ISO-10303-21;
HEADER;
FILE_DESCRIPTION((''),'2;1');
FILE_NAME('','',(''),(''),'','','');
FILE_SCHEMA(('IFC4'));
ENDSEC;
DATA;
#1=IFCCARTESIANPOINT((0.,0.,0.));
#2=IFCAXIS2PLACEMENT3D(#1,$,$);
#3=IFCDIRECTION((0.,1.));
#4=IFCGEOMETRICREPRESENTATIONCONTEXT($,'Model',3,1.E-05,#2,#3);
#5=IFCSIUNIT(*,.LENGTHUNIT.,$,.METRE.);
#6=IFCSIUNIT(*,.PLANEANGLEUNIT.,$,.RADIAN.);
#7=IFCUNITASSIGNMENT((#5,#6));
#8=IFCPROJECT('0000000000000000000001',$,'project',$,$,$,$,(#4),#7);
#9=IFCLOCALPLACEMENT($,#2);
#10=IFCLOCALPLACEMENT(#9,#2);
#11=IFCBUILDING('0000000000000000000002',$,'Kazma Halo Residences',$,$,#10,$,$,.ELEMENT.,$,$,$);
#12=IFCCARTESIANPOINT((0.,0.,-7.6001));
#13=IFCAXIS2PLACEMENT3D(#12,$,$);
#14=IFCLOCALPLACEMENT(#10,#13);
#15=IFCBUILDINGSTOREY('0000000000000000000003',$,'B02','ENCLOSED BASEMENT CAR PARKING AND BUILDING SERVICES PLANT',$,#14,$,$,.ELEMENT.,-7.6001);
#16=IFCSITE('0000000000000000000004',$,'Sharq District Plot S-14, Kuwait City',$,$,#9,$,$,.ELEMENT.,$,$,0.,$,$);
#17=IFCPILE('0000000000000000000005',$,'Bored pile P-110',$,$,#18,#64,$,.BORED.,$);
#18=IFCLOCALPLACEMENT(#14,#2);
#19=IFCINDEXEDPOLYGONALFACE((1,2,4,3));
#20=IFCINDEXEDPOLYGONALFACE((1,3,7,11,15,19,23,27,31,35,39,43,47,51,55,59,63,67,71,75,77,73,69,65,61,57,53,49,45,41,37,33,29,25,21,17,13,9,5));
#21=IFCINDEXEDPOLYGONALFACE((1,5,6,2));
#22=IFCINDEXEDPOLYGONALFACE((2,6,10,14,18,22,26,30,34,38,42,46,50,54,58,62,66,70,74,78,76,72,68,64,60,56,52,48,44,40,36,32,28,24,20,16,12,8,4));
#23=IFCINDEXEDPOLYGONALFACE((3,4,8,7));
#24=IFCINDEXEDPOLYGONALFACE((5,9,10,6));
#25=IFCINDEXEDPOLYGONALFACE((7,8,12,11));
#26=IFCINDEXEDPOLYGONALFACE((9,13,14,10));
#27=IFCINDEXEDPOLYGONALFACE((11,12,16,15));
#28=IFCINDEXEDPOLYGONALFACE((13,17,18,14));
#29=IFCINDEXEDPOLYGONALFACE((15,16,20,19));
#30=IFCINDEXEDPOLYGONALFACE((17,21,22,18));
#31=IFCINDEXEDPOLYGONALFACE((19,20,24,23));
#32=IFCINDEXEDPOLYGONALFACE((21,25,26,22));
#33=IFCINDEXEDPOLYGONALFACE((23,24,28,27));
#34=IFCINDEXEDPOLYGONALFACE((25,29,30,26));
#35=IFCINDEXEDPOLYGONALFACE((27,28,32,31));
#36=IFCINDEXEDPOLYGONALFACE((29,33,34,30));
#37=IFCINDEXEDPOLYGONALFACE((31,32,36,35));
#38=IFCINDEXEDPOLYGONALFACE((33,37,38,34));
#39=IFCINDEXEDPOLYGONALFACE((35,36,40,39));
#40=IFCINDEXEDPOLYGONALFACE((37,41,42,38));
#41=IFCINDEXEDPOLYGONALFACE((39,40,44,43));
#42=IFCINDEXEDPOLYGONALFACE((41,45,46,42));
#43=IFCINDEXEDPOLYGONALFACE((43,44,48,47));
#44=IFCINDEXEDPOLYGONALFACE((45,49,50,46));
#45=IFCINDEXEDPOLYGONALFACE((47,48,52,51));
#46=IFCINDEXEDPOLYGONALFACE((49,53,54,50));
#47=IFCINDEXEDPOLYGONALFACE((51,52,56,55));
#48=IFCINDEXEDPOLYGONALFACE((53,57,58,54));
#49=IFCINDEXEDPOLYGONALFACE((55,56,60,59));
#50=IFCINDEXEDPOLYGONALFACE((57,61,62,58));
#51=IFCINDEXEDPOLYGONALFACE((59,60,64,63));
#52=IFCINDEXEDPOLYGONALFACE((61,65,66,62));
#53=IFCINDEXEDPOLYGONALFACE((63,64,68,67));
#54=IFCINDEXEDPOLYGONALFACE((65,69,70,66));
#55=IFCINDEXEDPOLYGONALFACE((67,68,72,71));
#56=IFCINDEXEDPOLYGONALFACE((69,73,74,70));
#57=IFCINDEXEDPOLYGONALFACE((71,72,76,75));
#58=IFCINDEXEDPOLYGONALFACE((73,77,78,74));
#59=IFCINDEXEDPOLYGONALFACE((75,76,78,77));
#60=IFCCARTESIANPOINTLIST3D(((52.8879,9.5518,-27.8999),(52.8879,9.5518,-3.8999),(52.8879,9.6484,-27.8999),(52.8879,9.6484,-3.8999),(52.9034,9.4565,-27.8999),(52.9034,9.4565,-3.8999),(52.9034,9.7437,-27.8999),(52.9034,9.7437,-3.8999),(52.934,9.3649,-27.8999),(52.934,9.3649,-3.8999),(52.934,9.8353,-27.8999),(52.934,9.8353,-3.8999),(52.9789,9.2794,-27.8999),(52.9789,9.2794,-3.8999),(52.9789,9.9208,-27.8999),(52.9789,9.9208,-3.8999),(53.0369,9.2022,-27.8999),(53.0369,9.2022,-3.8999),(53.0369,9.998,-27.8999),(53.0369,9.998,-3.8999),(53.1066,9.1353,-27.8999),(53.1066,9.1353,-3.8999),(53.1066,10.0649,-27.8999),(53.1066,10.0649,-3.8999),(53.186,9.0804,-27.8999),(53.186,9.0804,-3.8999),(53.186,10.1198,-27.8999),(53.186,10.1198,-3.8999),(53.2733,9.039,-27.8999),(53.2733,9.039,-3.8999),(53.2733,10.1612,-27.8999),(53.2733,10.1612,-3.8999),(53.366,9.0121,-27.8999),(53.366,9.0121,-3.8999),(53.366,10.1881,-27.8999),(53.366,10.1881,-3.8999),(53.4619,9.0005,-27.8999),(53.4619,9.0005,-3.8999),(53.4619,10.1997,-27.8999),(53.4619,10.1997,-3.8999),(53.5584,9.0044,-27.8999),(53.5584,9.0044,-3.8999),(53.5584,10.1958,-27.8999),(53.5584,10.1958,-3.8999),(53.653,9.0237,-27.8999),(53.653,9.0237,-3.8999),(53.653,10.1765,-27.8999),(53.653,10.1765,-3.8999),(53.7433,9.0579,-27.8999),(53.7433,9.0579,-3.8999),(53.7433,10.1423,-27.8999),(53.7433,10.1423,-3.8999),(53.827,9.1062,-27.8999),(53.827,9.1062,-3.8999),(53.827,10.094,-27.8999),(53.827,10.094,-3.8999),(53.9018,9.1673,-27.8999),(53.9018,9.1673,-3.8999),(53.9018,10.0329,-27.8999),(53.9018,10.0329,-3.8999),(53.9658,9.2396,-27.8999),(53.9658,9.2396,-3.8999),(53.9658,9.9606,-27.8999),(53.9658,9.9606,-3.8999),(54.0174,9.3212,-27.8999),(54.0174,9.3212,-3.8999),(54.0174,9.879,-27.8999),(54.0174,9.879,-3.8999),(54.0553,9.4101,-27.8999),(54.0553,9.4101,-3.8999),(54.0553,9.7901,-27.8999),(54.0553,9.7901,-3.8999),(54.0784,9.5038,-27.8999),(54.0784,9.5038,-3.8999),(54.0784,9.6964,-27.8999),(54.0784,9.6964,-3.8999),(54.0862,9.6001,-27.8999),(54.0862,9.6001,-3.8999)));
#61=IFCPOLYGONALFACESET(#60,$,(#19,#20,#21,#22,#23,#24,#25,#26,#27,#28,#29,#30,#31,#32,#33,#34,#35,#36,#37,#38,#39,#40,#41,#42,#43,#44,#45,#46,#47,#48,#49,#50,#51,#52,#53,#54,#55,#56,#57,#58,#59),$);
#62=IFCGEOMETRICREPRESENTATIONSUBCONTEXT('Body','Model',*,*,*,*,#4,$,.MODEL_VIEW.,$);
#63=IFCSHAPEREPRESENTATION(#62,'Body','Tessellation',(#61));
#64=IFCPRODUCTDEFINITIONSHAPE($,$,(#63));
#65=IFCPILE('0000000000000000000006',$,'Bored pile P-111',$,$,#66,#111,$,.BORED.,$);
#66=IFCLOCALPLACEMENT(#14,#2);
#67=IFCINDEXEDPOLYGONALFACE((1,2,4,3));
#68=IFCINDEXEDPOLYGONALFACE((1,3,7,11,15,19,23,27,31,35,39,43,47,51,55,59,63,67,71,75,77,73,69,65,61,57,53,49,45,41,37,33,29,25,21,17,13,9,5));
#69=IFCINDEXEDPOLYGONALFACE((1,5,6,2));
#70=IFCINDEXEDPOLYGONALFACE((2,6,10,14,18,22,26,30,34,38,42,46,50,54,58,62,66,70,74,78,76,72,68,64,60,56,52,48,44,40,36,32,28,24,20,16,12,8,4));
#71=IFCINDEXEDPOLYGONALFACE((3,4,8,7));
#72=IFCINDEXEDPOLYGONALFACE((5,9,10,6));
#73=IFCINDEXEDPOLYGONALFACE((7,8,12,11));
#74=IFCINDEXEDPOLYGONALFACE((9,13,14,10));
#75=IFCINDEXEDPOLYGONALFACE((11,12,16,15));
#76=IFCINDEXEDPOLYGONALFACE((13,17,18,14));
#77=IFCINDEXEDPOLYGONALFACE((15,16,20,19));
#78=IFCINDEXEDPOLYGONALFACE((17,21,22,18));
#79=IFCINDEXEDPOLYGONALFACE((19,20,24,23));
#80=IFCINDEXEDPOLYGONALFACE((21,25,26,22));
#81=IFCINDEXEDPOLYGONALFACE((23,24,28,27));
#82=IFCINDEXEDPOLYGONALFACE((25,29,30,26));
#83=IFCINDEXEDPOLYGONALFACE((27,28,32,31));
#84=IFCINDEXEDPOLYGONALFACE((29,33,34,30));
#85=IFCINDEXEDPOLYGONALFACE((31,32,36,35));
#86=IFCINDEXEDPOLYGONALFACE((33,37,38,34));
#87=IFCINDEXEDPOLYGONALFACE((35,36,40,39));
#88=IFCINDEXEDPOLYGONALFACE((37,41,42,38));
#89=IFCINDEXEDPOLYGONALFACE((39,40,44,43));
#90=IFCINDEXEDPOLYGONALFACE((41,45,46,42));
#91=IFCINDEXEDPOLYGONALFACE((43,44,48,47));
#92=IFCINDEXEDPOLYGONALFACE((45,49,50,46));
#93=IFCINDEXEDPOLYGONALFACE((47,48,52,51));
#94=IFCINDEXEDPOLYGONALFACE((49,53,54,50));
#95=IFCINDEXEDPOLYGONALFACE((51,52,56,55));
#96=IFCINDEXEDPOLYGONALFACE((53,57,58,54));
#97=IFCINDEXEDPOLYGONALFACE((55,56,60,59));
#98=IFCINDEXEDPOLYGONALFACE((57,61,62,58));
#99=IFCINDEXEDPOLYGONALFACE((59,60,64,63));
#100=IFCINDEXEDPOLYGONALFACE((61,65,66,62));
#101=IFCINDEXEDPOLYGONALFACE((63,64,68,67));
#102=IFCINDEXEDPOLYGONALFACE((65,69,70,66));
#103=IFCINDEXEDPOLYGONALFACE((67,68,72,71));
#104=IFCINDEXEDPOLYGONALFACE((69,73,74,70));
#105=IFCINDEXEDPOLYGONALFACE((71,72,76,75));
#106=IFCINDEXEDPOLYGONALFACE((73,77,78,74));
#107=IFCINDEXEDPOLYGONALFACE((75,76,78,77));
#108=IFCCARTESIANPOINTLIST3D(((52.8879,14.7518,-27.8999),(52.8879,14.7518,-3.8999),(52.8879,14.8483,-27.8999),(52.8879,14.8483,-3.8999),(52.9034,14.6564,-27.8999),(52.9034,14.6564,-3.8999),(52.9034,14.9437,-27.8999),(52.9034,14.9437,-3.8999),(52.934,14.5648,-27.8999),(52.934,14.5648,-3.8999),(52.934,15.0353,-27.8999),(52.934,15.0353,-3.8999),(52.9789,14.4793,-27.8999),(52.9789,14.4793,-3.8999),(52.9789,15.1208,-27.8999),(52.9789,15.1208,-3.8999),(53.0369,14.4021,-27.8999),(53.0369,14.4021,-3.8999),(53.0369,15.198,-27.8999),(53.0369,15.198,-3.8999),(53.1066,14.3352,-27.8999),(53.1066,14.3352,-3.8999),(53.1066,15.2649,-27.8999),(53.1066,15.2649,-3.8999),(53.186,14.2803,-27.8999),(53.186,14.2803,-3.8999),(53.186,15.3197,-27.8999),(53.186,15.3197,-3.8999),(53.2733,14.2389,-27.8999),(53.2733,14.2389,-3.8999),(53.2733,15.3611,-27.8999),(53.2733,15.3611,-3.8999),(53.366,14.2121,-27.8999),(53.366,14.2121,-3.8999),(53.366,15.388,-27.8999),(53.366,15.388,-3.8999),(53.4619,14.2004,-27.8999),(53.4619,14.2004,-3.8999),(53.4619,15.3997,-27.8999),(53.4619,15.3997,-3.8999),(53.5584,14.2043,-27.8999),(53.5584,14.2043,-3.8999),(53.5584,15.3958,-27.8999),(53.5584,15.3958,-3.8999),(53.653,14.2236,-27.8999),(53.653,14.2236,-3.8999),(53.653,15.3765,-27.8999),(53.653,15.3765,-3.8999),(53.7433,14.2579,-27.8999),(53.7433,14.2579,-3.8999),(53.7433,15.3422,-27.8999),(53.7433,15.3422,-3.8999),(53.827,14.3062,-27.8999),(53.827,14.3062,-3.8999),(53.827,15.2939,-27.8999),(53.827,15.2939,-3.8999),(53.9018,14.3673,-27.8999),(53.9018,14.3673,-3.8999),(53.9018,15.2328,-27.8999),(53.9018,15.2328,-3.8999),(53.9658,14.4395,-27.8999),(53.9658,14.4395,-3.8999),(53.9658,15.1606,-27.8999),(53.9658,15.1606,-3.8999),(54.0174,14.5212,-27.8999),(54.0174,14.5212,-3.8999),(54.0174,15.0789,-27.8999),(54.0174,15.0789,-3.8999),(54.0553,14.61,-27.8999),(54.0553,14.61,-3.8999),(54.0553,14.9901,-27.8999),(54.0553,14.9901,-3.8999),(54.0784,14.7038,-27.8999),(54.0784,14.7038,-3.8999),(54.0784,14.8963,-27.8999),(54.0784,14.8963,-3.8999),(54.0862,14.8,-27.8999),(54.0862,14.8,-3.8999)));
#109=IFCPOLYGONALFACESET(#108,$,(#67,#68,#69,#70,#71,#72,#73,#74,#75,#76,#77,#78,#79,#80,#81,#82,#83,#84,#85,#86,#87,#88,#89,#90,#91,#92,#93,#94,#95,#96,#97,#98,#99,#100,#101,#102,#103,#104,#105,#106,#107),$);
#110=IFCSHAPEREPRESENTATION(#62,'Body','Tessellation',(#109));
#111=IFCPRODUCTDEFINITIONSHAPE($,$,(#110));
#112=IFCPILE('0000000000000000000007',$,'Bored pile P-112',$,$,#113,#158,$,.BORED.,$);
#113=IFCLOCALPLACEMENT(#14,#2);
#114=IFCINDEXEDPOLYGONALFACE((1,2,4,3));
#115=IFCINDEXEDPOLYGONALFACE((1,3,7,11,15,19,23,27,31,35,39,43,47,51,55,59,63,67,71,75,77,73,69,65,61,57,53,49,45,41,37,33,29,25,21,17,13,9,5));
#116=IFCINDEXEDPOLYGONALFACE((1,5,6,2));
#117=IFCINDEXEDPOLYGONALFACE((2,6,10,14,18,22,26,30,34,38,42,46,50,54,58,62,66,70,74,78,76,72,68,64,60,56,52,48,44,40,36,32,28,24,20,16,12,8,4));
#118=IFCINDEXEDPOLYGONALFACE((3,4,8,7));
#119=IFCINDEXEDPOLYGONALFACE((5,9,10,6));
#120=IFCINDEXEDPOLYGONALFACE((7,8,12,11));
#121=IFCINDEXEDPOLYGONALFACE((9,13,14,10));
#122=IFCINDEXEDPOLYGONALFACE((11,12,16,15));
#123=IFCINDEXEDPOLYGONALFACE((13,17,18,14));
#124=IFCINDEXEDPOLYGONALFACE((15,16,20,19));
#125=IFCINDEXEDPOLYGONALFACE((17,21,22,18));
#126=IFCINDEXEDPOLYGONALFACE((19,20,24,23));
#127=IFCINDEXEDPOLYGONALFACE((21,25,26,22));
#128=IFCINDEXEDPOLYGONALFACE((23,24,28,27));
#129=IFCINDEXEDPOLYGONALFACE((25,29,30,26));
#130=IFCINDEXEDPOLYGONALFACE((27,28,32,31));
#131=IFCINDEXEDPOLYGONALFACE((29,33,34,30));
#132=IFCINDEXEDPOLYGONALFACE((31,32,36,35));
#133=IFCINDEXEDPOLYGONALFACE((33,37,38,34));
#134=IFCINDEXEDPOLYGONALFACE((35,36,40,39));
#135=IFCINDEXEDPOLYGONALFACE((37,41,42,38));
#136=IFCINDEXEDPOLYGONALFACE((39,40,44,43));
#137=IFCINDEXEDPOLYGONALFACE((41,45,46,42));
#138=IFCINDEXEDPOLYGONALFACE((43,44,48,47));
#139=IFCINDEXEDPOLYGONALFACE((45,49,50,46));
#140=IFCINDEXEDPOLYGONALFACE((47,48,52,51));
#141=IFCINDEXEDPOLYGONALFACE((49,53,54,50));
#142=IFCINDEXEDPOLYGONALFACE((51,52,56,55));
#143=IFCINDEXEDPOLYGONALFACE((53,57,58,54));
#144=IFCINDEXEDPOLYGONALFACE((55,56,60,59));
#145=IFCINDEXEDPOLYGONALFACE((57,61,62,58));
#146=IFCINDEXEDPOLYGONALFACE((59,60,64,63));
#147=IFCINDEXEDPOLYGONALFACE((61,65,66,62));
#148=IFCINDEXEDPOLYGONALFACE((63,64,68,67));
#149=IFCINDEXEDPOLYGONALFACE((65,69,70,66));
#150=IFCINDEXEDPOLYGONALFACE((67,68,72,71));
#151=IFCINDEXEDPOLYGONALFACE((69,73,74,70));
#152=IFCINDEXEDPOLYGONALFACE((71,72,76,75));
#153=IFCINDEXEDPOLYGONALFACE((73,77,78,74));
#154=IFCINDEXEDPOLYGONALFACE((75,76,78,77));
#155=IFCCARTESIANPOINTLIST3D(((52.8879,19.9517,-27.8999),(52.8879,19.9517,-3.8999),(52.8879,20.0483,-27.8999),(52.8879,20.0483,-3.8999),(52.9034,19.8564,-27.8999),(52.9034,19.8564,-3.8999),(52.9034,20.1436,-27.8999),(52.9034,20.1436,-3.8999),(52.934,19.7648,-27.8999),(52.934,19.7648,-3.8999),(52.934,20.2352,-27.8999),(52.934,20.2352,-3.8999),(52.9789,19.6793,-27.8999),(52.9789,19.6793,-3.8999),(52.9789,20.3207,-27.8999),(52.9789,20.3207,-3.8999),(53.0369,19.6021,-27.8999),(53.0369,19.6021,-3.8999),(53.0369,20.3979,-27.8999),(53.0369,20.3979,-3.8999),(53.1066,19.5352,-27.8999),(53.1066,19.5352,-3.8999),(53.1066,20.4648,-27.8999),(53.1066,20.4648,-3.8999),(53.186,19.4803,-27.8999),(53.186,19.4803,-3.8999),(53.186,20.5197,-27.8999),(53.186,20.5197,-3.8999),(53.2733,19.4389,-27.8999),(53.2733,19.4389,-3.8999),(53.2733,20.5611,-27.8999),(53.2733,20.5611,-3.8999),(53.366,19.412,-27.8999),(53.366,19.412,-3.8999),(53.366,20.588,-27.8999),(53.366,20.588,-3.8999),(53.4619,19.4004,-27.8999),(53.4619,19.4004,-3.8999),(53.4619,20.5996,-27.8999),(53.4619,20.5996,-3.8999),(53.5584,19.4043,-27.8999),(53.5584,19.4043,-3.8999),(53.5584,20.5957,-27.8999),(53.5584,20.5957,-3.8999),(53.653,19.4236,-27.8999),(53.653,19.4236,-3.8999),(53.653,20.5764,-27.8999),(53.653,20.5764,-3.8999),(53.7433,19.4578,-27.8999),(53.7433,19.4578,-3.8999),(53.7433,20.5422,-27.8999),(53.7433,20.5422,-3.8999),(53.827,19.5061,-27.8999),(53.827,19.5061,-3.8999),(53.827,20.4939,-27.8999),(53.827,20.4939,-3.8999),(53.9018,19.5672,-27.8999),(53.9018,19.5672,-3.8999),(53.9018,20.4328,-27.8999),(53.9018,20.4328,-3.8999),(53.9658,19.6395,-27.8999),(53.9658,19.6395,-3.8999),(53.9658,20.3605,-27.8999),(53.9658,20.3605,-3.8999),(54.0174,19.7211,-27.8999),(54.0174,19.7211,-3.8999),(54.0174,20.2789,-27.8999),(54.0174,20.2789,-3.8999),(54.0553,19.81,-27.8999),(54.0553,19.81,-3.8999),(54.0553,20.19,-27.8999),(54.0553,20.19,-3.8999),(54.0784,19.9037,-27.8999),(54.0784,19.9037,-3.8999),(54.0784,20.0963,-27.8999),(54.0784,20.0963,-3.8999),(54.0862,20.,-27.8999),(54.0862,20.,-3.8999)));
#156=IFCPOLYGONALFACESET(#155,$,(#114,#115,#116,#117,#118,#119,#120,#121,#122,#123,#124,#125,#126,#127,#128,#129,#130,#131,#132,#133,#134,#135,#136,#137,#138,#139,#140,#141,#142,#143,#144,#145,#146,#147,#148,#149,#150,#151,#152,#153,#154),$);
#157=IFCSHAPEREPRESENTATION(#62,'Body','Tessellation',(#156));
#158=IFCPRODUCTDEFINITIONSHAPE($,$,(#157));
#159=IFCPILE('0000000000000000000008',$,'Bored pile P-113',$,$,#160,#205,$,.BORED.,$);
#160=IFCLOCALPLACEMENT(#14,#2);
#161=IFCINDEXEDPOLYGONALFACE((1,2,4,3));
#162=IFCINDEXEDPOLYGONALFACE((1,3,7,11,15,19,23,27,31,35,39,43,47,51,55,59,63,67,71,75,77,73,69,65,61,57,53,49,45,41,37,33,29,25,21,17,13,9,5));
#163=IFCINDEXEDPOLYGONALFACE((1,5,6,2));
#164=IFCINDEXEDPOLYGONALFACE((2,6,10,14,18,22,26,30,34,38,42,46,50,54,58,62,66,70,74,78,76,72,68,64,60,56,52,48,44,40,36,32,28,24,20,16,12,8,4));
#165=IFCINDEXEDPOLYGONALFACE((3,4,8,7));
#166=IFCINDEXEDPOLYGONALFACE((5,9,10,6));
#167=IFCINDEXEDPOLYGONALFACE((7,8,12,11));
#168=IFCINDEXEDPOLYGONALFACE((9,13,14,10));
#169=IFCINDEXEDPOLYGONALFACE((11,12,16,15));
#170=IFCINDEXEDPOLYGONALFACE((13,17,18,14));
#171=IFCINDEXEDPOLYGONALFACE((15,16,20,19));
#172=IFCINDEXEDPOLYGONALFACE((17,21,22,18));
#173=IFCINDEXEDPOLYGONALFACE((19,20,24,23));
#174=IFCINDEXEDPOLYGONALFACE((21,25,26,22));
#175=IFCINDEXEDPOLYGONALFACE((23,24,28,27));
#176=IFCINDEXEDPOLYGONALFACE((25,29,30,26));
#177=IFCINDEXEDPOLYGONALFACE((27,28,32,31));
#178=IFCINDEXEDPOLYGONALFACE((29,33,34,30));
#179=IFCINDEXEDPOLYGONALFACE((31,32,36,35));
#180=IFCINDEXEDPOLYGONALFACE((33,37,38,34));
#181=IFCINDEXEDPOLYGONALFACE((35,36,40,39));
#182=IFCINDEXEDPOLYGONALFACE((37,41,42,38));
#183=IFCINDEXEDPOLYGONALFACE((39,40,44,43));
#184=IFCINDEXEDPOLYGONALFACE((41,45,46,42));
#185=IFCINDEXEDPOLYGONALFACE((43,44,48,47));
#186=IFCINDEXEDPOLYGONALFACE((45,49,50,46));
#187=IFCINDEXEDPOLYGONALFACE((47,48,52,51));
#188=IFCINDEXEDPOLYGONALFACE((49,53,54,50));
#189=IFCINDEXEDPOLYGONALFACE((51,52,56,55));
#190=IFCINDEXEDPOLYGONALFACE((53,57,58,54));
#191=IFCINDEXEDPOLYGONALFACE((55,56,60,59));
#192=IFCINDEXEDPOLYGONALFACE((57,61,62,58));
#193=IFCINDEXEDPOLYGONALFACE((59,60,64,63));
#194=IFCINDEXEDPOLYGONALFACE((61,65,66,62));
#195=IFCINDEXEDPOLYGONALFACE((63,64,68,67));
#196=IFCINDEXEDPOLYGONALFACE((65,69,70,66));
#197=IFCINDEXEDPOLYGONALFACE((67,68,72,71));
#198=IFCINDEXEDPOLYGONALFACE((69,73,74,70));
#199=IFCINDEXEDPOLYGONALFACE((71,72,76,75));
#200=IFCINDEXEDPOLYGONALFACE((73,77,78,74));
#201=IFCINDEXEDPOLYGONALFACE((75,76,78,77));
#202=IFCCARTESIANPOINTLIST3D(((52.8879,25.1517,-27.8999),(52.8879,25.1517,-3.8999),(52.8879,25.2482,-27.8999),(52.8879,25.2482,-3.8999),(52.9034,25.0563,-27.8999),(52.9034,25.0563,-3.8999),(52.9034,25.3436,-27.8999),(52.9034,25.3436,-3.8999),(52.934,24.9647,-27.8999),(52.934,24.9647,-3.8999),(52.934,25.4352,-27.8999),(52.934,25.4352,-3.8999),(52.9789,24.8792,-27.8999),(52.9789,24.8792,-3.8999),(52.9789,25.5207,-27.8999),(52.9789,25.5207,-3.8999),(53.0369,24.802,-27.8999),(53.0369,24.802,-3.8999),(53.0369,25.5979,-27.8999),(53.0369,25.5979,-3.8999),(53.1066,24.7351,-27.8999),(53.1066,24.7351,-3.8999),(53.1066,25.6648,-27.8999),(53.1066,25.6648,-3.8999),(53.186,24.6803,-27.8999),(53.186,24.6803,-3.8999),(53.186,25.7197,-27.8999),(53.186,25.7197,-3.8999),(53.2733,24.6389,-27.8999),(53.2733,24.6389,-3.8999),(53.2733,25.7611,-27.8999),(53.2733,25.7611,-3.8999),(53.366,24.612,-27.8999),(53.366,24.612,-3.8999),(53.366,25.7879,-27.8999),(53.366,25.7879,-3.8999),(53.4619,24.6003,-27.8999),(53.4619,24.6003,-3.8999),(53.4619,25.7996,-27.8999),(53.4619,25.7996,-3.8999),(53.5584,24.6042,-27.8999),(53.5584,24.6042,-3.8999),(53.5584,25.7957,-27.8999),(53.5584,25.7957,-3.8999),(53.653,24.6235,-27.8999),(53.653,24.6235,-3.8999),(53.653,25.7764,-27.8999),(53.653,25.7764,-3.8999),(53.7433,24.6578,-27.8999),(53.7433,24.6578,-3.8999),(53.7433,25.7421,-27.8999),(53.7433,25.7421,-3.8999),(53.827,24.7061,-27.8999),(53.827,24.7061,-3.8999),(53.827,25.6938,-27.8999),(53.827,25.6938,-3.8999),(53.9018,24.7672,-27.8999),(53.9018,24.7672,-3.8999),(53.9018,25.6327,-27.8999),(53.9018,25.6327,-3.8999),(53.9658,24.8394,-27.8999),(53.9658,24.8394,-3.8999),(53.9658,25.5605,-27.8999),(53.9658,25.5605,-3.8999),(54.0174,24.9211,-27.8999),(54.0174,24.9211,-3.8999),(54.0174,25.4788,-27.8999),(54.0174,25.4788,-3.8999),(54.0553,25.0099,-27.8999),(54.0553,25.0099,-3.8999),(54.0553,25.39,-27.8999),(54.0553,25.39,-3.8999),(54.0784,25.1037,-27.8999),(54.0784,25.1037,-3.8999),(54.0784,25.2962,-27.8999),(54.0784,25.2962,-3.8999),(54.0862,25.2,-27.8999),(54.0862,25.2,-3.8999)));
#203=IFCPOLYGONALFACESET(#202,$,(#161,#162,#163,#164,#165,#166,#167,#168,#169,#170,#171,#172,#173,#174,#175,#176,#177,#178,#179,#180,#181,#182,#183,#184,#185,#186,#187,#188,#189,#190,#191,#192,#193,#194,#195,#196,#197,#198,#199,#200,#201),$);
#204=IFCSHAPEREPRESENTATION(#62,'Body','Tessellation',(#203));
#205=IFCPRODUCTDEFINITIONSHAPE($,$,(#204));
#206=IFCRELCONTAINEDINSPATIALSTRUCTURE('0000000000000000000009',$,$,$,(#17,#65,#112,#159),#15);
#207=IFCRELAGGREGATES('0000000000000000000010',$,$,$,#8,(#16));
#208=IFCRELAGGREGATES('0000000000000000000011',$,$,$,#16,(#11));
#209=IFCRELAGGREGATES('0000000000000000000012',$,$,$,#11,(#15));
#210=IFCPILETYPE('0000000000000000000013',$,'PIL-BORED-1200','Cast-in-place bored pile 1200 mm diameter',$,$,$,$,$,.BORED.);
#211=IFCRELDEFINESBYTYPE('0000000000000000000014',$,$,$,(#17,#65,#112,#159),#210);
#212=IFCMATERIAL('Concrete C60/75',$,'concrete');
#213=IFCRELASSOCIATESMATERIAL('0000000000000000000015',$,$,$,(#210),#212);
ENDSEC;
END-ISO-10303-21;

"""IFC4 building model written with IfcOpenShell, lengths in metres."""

from ifc_helpers import new_model, si_unit, direction, frame, origin, origin_2d, place, context, subcontext, project, spatial, circle, extrude, material, material_profile, profile_set, type_object, element, save


model = new_model("IFC4")

# Units and contexts
model_context = context("Model", 3, precision=1e-05, world=origin(), true_north=direction((0.0, 1.0)))
body_context = subcontext(model_context, "Body", "Model", "MODEL_VIEW")
ifc_project = project(units=[si_unit("LENGTHUNIT", "METRE"), si_unit("PLANEANGLEUNIT", "RADIAN")], contexts=[model_context])

# Site, building, storey
site_placement = place(None, origin())
site = spatial("IfcSite", under=ifc_project, at=site_placement, Name="Sharq District Plot S-14, Kuwait City", CompositionType="ELEMENT", RefElevation=0.0)
building_placement = place(site_placement, origin())
building = spatial("IfcBuilding", under=site, at=building_placement, Name="Kazma Halo Residences", CompositionType="ELEMENT")
storey_placement = place(building_placement, frame((0.0, 0.0, -7.6001)))
storey = spatial("IfcBuildingStorey", under=building, at=storey_placement, Name="B02", Description="ENCLOSED BASEMENT CAR PARKING AND BUILDING SERVICES PLANT", CompositionType="ELEMENT", Elevation=-7.6001)

# Piles
ifc_material_1 = material(Name="Concrete C60/75", Category="concrete")
ifc_material_profile_1 = material_profile(ifc_material_1, circle(Radius=0.6001, at=origin_2d()), Name="CIRC1200")
ifc_profile_set_1 = profile_set([ifc_material_profile_1], Name="Concrete C60/75")
pile_type = type_object("IfcPileType", Name="PIL-BORED-1200", Description="Cast-in-place bored pile 1200 mm diameter", PredefinedType="BORED", material=ifc_profile_set_1)
for number, where, z_axis, x_axis, name in (
    (1, (53.4861, 9.6001, -3.8999), (0.0, 0.0, -1.0), (1.0, 0.0, 0.0), "Bored pile P-110"),
    (2, (53.4861, 14.8, -3.8999), (0.0, 0.0, -1.0), (1.0, 0.0, 0.0), "Bored pile P-111"),
    (3, (53.4861, 20.0, -3.8999), (0.0, 0.0, -1.0), (1.0, 0.0, 0.0), "Bored pile P-112"),
    (4, (53.4861, 25.2, -3.8999), (0.0, 0.0, -1.0), (1.0, 0.0, 0.0), "Bored pile P-113"),
):
    element("IfcPile", number, at=place(storey_placement, frame(where, z_axis=z_axis, x_axis=x_axis)), inside=storey, type_object=pile_type, Name=name, PredefinedType="BORED", context=body_context, shape_type="SweptSolid", body=[
        extrude(circle(Radius=0.6001, at=origin_2d()), origin(), (0.0, 0.0, 1.0), 24.0),
    ])

save(model, "model.ifc")
